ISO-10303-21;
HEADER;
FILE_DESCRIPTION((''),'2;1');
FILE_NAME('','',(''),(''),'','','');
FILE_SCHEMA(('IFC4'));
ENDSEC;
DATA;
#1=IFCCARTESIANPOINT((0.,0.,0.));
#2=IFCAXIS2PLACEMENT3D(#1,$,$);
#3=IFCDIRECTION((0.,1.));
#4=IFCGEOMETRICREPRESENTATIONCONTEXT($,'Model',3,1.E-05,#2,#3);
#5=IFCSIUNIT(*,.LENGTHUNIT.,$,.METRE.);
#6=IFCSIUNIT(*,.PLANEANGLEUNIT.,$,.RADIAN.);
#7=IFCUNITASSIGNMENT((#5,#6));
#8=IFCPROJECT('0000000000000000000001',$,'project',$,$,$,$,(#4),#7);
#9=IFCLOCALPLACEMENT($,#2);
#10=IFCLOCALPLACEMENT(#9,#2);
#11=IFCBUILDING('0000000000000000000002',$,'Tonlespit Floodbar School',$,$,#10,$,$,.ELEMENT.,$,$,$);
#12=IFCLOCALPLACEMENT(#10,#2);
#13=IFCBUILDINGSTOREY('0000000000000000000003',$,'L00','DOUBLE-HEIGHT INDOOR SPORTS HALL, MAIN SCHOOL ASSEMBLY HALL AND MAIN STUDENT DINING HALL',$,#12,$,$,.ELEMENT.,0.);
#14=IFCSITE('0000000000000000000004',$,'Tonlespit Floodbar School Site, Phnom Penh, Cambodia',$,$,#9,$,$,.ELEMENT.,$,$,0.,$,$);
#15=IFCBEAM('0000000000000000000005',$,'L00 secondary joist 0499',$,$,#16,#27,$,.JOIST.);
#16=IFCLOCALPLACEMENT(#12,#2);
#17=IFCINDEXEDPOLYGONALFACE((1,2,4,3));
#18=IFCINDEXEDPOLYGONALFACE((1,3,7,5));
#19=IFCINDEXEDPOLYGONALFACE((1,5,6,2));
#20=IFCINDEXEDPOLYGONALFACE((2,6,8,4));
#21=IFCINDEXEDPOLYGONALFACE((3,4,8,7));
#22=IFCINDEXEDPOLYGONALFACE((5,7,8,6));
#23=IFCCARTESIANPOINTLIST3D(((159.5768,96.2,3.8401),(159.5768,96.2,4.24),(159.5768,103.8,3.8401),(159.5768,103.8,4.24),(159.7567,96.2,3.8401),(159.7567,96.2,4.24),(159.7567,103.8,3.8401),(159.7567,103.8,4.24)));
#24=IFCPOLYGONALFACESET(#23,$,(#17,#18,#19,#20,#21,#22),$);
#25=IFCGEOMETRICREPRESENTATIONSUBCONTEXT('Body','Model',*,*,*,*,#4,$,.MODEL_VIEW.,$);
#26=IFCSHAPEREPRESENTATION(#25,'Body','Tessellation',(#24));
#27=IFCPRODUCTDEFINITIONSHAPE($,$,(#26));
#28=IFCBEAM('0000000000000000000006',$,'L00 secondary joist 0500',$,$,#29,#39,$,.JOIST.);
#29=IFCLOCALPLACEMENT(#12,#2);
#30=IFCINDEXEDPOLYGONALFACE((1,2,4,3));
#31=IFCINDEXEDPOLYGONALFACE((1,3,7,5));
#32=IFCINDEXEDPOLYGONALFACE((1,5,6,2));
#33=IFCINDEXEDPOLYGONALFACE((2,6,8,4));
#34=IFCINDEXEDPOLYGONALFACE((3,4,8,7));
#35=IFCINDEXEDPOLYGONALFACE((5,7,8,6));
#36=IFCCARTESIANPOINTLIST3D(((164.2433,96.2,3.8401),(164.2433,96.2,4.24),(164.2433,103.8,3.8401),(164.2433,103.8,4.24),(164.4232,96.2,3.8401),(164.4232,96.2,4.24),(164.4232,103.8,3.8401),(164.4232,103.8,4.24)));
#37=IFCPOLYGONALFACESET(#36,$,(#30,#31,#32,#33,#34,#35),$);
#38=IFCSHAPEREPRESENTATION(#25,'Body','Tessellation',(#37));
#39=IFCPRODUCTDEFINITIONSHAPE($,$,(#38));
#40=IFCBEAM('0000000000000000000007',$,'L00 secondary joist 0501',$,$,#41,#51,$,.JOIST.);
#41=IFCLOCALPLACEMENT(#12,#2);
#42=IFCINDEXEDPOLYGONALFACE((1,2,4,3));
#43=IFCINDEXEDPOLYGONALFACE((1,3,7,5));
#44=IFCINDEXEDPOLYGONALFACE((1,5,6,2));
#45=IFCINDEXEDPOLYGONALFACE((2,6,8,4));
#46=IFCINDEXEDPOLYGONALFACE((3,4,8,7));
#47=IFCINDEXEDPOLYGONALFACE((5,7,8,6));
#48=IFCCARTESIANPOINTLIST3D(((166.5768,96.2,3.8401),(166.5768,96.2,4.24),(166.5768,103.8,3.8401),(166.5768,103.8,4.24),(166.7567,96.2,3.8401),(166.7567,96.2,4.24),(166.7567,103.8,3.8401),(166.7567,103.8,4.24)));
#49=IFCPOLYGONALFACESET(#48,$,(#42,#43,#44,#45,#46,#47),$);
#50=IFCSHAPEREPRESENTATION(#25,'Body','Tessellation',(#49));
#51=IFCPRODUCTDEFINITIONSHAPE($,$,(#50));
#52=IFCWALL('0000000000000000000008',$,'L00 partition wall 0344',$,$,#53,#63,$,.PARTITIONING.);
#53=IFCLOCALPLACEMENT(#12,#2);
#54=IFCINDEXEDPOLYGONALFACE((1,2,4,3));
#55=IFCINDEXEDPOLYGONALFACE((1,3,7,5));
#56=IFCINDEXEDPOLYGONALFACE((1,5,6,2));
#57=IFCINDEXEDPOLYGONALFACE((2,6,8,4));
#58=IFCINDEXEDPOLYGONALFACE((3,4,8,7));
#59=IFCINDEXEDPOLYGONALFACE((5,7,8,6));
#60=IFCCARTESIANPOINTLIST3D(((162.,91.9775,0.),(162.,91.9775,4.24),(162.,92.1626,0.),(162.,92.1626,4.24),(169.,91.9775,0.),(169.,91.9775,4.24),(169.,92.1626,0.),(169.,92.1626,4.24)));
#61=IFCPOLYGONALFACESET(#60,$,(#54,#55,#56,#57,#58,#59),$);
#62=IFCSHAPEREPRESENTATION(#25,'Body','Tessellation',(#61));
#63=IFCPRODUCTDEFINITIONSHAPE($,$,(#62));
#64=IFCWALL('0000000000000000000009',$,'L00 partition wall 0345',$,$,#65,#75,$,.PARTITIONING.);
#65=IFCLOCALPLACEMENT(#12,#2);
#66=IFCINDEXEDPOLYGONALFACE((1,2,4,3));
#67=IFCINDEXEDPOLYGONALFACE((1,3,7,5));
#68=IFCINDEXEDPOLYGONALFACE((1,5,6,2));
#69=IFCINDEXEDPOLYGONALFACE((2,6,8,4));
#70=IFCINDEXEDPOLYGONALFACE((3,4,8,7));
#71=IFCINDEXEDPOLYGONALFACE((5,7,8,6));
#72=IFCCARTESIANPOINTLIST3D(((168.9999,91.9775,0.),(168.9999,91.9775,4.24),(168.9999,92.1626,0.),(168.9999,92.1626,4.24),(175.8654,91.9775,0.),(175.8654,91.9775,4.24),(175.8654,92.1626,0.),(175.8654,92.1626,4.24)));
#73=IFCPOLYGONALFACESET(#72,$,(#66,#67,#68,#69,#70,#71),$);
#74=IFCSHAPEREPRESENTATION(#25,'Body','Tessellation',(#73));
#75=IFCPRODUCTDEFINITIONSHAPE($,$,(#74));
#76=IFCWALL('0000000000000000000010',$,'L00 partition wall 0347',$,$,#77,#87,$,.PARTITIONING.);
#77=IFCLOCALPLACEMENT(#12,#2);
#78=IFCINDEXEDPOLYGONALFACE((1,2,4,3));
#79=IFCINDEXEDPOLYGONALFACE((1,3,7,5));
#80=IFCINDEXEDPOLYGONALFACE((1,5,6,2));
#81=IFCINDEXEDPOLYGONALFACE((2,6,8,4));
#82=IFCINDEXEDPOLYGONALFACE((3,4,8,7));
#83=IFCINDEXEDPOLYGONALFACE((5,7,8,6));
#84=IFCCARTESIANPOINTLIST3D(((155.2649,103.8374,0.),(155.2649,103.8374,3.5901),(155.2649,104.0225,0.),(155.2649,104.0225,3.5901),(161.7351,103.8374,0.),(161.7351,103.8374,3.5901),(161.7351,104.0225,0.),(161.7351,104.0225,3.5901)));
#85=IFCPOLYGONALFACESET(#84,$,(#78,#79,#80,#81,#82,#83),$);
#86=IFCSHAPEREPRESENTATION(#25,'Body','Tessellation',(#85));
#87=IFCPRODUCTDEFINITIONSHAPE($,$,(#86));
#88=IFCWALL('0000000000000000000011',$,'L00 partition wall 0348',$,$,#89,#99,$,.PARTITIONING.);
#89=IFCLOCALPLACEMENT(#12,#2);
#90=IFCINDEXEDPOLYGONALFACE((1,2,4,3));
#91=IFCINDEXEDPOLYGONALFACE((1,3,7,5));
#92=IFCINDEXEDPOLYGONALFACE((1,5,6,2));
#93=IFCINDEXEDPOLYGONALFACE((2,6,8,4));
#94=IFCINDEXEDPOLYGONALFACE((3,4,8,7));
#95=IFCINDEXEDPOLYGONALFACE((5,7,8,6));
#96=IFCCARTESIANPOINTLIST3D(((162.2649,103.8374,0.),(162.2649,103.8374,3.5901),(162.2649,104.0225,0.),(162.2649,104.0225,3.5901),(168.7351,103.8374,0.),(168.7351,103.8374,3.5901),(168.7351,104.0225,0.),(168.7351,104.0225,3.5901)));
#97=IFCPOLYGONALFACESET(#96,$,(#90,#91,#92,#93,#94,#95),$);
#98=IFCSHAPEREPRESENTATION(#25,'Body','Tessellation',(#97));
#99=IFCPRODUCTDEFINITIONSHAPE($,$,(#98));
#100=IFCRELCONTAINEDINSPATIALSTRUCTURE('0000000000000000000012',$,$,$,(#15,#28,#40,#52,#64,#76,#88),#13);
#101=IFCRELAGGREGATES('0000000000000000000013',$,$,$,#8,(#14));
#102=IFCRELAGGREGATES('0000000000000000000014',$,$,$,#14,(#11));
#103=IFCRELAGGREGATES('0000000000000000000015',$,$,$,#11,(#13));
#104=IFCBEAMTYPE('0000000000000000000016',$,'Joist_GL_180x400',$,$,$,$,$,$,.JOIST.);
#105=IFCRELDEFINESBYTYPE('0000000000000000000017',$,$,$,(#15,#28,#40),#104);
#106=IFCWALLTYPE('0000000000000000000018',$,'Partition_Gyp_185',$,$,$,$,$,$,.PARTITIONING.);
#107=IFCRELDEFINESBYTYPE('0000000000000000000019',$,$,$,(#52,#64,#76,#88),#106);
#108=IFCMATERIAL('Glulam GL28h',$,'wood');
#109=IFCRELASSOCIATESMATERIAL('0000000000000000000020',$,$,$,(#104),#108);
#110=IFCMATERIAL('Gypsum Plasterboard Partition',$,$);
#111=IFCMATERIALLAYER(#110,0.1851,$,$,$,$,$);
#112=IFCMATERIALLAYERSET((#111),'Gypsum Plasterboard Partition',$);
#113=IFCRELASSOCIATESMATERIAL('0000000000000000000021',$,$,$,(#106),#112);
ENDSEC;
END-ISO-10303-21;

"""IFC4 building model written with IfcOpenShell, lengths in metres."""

from ifc_helpers import new_model, si_unit, direction, frame, frame_2d, origin, origin_2d, place, context, subcontext, project, spatial, rectangle, extrude, material, layer, layer_set, material_profile, profile_set, type_object, element, save


model = new_model("IFC4")

# Units and contexts
model_context = context("Model", 3, precision=1e-05, world=origin(), true_north=direction((0.0, 1.0)))
body_context = subcontext(model_context, "Body", "Model", "MODEL_VIEW")
ifc_project = project(units=[si_unit("LENGTHUNIT", "METRE"), si_unit("PLANEANGLEUNIT", "RADIAN")], contexts=[model_context])

# Site, building, storey
site_placement = place(None, origin())
site = spatial("IfcSite", under=ifc_project, at=site_placement, Name="Tonlespit Floodbar School Site, Phnom Penh, Cambodia", CompositionType="ELEMENT", RefElevation=0.0)
building_placement = place(site_placement, origin())
building = spatial("IfcBuilding", under=site, at=building_placement, Name="Tonlespit Floodbar School", CompositionType="ELEMENT")
storey_placement = place(building_placement, origin())
storey = spatial("IfcBuildingStorey", under=building, at=storey_placement, Name="L00", Description="DOUBLE-HEIGHT INDOOR SPORTS HALL, MAIN SCHOOL ASSEMBLY HALL AND MAIN STUDENT DINING HALL", CompositionType="ELEMENT", Elevation=0.0)

# Beams
ifc_material_1 = material(Name="Glulam GL28h", Category="wood")
ifc_material_profile_1 = material_profile(ifc_material_1, rectangle(XDim=0.1799, YDim=0.3999, at=origin_2d()), Name="GL 180x400")
ifc_profile_set_1 = profile_set([ifc_material_profile_1], Name="Glulam GL28h")
beam_type_1 = type_object("IfcBeamType", Name="Joist_GL_180x400", PredefinedType="JOIST", material=ifc_profile_set_1)
for number, where, z_axis, x_axis, name in (
    (1, (159.6667, 96.2, 4.04), (0.0, 1.0, 0.0), (-1.0, 0.0, 0.0), "L00 secondary joist 0499"),
    (2, (164.3333, 96.2, 4.04), (0.0, 1.0, 0.0), (-1.0, 0.0, 0.0), "L00 secondary joist 0500"),
    (3, (166.6667, 96.2, 4.04), (0.0, 1.0, 0.0), (-1.0, 0.0, 0.0), "L00 secondary joist 0501"),
):
    element("IfcBeam", number, at=place(storey_placement, frame(where, z_axis=z_axis, x_axis=x_axis)), inside=storey, type_object=beam_type_1, Name=name, PredefinedType="JOIST", context=body_context, shape_type="SweptSolid", body=[
        extrude(rectangle(XDim=0.1799, YDim=0.3999, at=origin_2d()), origin(), (0.0, 0.0, 1.0), 7.6001),
    ])

# Walls
ifc_material_2 = material(Name="Gypsum Plasterboard Partition")
ifc_layer = layer(ifc_material_2, 0.1851)
ifc_layer_set = layer_set([ifc_layer], Name="Gypsum Plasterboard Partition")
wall_type = type_object("IfcWallType", Name="Partition_Gyp_185", PredefinedType="PARTITIONING", material=ifc_layer_set)
wall_1_placement = place(storey_placement, frame((162.0, 92.0701, 0.0), z_axis=(0.0, 0.0, 1.0), x_axis=(1.0, 0.0, 0.0)))
element("IfcWall", 4, at=wall_1_placement, inside=storey, type_object=wall_type, Name="L00 partition wall 0344", PredefinedType="PARTITIONING", context=body_context, shape_type="SweptSolid", body=[
    extrude(rectangle(XDim=7.0, YDim=0.1851, at=frame_2d((3.5, 0.0))), origin(), (0.0, 0.0, 1.0), 4.24),
])
wall_2_placement = place(storey_placement, frame((169.0, 92.0701, 0.0), z_axis=(0.0, 0.0, 1.0), x_axis=(1.0, 0.0, 0.0)))
element("IfcWall", 5, at=wall_2_placement, inside=storey, type_object=wall_type, Name="L00 partition wall 0345", PredefinedType="PARTITIONING", context=body_context, shape_type="SweptSolid", body=[
    extrude(rectangle(XDim=6.8655, YDim=0.1851, at=frame_2d((3.4326, 0.0))), origin(), (0.0, 0.0, 1.0), 4.24),
])
for number, where, z_axis, x_axis, name in (
    (6, (155.2649, 103.9299, 0.0), (0.0, 0.0, 1.0), (1.0, 0.0, 0.0), "L00 partition wall 0347"),
    (7, (162.2649, 103.9299, 0.0), (0.0, 0.0, 1.0), (1.0, 0.0, 0.0), "L00 partition wall 0348"),
):
    element("IfcWall", number, at=place(storey_placement, frame(where, z_axis=z_axis, x_axis=x_axis)), inside=storey, type_object=wall_type, Name=name, PredefinedType="PARTITIONING", context=body_context, shape_type="SweptSolid", body=[
        extrude(rectangle(XDim=6.4702, YDim=0.1851, at=frame_2d((3.2351, 0.0))), origin(), (0.0, 0.0, 1.0), 3.5901),
    ])

save(model, "model.ifc")
